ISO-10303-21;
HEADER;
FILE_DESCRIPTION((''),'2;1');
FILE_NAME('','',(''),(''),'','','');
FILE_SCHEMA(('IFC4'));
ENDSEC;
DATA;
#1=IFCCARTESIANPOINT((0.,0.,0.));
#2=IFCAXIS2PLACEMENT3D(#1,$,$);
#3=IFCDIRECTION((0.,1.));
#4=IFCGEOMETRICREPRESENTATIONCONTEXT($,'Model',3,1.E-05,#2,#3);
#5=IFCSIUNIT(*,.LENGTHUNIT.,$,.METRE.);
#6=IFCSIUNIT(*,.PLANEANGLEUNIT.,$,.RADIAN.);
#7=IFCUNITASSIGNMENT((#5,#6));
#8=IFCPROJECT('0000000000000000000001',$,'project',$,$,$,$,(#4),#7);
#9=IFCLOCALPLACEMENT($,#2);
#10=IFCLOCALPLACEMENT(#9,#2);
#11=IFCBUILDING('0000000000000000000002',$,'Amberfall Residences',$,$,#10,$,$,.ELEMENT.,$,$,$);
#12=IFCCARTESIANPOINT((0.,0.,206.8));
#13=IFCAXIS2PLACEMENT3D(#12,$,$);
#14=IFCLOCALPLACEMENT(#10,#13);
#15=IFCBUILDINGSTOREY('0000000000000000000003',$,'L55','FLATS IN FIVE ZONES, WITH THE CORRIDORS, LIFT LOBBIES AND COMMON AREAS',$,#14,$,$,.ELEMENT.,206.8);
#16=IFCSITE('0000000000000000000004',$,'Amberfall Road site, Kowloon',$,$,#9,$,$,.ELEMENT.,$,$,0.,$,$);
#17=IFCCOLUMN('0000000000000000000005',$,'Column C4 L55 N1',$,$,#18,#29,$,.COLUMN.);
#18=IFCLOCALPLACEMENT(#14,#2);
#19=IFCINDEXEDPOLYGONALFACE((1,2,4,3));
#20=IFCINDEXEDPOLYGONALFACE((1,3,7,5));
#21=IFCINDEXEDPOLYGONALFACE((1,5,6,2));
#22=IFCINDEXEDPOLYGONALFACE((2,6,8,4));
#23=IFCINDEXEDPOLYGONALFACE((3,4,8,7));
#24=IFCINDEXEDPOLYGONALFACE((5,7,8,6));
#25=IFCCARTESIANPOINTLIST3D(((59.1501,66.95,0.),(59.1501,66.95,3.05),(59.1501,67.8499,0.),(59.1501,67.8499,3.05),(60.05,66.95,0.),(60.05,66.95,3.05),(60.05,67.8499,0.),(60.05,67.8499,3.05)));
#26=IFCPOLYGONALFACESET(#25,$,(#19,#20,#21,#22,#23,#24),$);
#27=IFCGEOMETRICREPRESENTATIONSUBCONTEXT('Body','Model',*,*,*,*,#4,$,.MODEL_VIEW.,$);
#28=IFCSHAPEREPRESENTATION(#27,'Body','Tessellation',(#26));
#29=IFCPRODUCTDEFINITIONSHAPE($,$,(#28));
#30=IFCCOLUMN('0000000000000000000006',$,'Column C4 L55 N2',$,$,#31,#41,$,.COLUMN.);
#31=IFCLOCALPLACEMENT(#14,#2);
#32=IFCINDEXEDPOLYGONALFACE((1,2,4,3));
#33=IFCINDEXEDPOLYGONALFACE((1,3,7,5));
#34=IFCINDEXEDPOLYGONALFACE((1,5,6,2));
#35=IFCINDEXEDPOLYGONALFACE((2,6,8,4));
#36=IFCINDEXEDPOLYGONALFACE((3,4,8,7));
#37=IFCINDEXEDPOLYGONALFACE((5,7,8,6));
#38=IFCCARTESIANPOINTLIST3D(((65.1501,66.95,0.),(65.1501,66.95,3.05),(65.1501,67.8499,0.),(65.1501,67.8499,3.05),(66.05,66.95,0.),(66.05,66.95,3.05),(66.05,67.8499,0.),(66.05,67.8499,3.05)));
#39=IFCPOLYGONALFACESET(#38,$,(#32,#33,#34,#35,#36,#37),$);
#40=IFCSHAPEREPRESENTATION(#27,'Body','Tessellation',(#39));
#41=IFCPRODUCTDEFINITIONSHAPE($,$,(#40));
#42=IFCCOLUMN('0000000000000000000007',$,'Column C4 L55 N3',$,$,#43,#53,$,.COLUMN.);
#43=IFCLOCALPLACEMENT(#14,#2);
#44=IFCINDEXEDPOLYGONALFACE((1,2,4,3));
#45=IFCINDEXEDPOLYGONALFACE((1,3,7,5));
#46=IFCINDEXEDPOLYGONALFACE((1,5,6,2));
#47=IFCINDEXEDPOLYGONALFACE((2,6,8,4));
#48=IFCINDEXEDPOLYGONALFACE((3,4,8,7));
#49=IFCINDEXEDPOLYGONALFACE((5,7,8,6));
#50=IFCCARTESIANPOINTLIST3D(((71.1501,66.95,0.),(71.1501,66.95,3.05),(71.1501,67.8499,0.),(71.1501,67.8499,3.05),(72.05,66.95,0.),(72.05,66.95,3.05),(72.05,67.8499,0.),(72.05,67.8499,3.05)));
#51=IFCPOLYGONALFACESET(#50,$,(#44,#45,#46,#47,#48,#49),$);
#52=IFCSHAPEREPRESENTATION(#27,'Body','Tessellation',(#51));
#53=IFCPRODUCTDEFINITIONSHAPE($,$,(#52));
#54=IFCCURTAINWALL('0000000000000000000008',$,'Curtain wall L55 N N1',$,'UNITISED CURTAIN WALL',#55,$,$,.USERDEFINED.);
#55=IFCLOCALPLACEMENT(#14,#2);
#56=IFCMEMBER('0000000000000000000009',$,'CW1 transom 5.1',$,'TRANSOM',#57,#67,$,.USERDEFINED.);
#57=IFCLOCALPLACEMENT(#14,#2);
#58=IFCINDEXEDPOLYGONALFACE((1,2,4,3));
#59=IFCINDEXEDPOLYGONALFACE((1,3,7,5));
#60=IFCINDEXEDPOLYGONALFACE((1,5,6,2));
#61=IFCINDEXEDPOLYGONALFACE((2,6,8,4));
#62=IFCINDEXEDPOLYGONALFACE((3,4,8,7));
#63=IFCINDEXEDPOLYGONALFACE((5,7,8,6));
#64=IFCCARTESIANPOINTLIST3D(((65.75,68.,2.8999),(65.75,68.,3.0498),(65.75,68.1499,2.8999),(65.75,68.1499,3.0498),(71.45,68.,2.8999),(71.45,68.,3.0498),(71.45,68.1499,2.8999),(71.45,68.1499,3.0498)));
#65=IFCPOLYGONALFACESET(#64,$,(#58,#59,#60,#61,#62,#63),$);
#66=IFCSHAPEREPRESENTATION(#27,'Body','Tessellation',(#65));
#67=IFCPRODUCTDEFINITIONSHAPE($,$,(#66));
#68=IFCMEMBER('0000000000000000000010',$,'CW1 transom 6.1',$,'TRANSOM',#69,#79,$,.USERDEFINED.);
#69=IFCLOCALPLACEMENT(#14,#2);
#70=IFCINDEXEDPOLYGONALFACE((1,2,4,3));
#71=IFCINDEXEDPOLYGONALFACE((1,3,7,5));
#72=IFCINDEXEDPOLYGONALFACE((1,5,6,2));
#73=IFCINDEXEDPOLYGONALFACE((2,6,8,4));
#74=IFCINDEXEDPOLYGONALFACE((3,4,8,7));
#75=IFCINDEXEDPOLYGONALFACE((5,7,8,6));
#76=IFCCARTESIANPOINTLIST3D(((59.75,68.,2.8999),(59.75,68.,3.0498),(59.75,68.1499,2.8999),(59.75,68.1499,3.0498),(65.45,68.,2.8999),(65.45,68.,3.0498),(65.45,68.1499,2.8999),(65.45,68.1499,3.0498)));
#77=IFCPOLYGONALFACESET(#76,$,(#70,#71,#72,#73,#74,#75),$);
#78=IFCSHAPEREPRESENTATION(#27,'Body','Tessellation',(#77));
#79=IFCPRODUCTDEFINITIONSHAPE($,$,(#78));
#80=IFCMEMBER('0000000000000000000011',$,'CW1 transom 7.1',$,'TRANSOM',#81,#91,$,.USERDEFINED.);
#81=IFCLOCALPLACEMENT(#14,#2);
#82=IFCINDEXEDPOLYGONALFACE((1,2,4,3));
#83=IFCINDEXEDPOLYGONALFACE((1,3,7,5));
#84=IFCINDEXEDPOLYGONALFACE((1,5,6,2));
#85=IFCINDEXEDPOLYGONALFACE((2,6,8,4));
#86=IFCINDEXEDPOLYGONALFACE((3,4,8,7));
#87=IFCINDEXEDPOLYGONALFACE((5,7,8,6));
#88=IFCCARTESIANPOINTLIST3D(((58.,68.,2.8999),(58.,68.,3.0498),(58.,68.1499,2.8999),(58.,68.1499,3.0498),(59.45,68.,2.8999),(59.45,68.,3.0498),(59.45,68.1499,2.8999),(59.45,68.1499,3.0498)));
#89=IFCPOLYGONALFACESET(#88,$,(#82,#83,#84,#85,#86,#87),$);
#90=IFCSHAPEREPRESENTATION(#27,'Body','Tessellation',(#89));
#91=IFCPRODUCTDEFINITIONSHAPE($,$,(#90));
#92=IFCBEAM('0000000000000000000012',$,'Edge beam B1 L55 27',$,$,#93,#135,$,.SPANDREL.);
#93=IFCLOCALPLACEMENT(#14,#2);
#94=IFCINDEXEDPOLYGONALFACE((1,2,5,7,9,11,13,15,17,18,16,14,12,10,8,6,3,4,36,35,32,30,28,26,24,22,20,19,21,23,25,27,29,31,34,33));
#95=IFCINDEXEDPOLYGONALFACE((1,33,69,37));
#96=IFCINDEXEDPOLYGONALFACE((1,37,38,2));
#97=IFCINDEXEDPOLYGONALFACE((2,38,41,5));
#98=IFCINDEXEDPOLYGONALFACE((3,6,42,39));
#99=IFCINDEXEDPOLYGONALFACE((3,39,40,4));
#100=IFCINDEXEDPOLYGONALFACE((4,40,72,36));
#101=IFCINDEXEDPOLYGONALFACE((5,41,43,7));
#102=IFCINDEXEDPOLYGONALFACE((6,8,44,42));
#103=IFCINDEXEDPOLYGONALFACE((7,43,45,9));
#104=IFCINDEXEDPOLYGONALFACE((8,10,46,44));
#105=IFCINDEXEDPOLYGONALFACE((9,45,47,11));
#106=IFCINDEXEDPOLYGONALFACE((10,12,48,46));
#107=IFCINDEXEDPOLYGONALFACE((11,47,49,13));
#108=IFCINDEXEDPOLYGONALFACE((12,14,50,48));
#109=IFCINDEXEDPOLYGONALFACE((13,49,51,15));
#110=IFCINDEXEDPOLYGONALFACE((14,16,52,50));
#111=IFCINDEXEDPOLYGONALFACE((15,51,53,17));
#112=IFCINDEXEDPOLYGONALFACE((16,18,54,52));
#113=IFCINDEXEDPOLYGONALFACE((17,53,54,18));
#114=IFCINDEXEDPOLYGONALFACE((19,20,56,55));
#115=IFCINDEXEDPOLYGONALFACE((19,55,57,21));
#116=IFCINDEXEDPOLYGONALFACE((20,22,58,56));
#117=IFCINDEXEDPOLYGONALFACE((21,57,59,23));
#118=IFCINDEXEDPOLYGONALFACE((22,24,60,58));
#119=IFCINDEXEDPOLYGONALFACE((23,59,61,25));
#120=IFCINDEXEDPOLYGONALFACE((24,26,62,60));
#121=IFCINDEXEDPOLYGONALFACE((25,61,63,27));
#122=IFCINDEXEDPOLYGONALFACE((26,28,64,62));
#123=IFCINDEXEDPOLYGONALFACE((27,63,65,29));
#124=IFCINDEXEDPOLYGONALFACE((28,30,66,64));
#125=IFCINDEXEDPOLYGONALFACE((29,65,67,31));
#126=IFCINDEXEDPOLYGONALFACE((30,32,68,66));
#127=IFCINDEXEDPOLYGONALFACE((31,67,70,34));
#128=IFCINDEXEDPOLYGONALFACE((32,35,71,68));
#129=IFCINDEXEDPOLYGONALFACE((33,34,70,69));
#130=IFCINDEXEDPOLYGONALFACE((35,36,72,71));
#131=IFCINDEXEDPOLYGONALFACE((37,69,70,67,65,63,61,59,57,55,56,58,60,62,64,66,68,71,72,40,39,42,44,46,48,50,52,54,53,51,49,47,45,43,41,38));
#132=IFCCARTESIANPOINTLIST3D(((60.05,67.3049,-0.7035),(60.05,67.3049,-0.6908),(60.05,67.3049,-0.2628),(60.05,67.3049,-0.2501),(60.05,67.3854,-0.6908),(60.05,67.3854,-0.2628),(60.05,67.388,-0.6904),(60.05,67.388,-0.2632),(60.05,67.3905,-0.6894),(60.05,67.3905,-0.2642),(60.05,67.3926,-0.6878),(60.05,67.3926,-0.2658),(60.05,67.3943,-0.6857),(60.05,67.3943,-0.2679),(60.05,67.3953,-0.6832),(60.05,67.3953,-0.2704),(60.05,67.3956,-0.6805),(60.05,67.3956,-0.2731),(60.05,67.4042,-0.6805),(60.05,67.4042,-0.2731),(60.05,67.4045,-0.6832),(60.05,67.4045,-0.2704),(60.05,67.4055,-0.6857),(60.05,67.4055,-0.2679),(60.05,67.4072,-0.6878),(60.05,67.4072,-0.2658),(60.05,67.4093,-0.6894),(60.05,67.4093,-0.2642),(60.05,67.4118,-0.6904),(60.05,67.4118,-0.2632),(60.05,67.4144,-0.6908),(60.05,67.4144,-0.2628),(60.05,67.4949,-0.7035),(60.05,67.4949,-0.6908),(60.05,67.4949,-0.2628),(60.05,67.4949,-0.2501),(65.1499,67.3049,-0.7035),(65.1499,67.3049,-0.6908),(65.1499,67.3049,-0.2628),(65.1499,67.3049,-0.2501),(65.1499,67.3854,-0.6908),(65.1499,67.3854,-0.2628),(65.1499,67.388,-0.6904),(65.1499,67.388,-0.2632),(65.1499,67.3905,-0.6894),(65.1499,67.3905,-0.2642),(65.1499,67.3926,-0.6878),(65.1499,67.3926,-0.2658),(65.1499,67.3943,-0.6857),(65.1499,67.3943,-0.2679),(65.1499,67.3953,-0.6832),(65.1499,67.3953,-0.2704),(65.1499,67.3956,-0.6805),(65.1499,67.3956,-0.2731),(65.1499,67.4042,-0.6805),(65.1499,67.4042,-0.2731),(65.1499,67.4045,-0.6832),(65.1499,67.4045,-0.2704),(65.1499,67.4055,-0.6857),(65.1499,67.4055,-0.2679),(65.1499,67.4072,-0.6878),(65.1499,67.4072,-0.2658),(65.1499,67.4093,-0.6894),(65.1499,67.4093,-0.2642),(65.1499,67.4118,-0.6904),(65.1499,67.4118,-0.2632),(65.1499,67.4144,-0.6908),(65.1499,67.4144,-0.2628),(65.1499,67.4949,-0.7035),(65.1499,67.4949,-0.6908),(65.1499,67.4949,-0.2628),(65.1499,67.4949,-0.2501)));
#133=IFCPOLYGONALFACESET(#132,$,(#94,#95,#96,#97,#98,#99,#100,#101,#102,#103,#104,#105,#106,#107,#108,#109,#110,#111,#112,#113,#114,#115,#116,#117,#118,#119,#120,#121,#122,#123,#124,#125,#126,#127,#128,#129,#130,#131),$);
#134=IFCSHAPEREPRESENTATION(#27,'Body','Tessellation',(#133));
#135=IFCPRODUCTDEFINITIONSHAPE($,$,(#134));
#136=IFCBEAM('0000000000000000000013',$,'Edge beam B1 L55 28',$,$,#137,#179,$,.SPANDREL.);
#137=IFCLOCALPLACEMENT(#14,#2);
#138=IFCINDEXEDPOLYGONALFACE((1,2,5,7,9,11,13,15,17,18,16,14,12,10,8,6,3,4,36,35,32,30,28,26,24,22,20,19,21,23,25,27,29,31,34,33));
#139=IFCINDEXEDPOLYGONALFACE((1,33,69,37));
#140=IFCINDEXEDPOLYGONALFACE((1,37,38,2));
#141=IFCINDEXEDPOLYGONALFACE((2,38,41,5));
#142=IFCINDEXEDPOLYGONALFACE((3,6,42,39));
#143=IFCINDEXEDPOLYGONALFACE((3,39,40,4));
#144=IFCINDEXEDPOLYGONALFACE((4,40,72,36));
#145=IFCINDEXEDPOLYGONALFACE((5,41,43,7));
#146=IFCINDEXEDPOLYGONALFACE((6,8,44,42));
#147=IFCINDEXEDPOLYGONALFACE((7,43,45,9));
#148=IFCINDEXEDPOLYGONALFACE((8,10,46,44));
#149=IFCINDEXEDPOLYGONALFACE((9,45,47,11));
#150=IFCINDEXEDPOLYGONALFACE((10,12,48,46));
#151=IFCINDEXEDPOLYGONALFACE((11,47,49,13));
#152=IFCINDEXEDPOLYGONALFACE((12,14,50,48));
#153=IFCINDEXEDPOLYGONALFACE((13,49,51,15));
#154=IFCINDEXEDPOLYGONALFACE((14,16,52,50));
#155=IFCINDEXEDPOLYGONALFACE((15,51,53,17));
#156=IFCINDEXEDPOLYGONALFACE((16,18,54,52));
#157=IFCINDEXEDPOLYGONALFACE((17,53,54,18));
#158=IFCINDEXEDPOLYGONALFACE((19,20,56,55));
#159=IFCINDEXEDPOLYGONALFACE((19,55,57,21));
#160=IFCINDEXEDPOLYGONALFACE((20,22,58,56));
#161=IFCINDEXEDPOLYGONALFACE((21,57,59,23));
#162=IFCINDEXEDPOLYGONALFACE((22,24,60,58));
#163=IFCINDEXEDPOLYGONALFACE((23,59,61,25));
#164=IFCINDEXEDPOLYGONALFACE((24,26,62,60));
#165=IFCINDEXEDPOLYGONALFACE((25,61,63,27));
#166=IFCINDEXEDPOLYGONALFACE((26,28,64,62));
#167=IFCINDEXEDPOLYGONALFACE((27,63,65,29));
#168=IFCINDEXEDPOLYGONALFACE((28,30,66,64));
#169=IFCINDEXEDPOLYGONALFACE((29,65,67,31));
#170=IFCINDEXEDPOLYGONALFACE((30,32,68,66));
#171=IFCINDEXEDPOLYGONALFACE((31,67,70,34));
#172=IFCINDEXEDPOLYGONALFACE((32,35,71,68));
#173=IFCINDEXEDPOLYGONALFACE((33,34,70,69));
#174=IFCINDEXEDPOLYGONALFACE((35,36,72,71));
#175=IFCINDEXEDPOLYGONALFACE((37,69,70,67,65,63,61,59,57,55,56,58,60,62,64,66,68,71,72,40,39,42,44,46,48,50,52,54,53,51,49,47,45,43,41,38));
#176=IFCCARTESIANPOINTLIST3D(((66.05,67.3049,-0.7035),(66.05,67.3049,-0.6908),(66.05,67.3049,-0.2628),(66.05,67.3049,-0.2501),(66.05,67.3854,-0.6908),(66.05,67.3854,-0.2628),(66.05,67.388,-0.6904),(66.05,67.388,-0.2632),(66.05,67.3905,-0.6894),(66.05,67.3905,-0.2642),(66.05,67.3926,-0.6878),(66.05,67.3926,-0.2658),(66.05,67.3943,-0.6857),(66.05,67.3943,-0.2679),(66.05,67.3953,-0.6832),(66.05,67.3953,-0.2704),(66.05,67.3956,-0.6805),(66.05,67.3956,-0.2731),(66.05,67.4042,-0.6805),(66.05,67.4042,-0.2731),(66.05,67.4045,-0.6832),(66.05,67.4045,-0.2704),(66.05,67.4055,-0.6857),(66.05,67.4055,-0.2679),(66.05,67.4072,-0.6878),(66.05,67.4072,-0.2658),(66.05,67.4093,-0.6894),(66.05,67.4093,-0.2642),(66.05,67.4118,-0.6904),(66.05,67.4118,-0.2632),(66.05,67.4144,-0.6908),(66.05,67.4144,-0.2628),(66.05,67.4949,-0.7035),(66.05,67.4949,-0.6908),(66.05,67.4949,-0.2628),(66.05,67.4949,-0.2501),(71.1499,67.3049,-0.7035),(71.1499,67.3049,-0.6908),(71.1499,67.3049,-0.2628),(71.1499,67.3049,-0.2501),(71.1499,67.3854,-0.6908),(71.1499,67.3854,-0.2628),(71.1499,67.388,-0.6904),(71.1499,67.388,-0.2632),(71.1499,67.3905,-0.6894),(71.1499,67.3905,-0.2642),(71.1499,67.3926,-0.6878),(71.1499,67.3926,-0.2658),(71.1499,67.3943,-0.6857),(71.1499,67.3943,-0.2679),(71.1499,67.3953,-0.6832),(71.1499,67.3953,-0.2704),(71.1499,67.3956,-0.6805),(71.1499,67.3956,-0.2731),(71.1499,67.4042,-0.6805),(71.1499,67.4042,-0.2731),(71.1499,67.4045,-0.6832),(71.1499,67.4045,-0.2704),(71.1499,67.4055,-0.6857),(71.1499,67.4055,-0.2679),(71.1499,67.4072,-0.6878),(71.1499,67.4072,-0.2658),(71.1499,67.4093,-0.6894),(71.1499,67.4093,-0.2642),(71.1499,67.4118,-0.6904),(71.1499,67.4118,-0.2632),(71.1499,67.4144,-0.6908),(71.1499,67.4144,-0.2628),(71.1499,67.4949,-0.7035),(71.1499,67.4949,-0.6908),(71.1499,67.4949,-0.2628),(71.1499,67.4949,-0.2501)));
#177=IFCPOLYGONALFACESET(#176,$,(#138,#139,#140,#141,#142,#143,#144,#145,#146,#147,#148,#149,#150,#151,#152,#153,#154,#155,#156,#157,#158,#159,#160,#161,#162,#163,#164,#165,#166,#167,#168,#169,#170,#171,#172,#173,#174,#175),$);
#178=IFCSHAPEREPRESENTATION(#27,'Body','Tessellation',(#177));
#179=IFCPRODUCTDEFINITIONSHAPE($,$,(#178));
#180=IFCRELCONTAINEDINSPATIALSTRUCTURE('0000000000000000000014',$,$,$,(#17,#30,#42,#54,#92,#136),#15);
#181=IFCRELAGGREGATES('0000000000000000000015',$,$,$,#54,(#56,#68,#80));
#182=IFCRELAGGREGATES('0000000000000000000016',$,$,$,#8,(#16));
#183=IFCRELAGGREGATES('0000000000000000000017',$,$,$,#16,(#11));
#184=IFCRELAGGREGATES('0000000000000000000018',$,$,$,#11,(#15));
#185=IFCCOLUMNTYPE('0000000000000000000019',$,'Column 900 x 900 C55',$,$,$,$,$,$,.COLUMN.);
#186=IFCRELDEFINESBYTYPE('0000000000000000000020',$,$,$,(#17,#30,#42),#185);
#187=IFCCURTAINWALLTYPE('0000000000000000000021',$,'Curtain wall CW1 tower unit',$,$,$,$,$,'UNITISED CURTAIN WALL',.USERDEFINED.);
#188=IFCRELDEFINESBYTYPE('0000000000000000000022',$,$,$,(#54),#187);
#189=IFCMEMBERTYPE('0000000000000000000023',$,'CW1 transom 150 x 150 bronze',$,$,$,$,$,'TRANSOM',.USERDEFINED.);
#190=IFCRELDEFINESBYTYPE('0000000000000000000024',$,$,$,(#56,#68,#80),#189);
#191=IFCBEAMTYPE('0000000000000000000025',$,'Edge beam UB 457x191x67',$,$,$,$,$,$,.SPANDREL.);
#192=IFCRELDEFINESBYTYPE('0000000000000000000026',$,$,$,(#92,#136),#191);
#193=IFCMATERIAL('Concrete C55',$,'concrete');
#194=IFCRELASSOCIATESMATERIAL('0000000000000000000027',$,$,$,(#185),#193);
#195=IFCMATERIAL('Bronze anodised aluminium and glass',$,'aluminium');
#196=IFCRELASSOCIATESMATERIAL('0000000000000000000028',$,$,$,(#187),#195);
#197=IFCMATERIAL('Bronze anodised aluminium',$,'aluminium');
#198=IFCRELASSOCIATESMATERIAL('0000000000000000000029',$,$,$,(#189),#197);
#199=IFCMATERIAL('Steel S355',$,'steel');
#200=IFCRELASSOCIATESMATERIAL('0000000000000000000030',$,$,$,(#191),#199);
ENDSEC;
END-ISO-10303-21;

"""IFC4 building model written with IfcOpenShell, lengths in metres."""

from ifc_helpers import new_model, si_unit, direction, frame, origin, origin_2d, place, context, subcontext, project, spatial, rectangle, i_section, extrude, material, material_profile, profile_set, type_object, element, aggregate, save


model = new_model("IFC4")

# Units and contexts
model_context = context("Model", 3, precision=1e-05, world=origin(), true_north=direction((0.0, 1.0)))
body_context = subcontext(model_context, "Body", "Model", "MODEL_VIEW")
ifc_project = project(units=[si_unit("LENGTHUNIT", "METRE"), si_unit("PLANEANGLEUNIT", "RADIAN")], contexts=[model_context])

# Site, building, storey
site_placement = place(None, origin())
site = spatial("IfcSite", under=ifc_project, at=site_placement, Name="Amberfall Road site, Kowloon", CompositionType="ELEMENT", RefElevation=0.0)
building_placement = place(site_placement, origin())
building = spatial("IfcBuilding", under=site, at=building_placement, Name="Amberfall Residences", CompositionType="ELEMENT")
storey_placement = place(building_placement, frame((0.0, 0.0, 206.8)))
storey = spatial("IfcBuildingStorey", under=building, at=storey_placement, Name="L55", Description="FLATS IN FIVE ZONES, WITH THE CORRIDORS, LIFT LOBBIES AND COMMON AREAS", CompositionType="ELEMENT", Elevation=206.8)

# Columns
ifc_material_1 = material(Name="Concrete C55", Category="concrete")
ifc_material_profile_1 = material_profile(ifc_material_1, rectangle(XDim=0.8999, YDim=0.8999, at=origin_2d()), Name="Column 900 x 900 C55")
ifc_profile_set_1 = profile_set([ifc_material_profile_1], Name="Concrete C55")
column_type = type_object("IfcColumnType", Name="Column 900 x 900 C55", PredefinedType="COLUMN", material=ifc_profile_set_1)
for number, where, z_axis, x_axis, name in (
    (1, (59.6001, 67.3999, 0.0), (0.0, 0.0, 1.0), (1.0, 0.0, 0.0), "Column C4 L55 N1"),
    (2, (65.6001, 67.3999, 0.0), (0.0, 0.0, 1.0), (1.0, 0.0, 0.0), "Column C4 L55 N2"),
    (3, (71.6001, 67.3999, 0.0), (0.0, 0.0, 1.0), (1.0, 0.0, 0.0), "Column C4 L55 N3"),
):
    element("IfcColumn", number, at=place(storey_placement, frame(where, z_axis=z_axis, x_axis=x_axis)), inside=storey, type_object=column_type, Name=name, PredefinedType="COLUMN", context=body_context, shape_type="SweptSolid", body=[
        extrude(rectangle(XDim=0.8999, YDim=0.8999, at=origin_2d()), origin(), (0.0, 0.0, 1.0), 3.05),
    ])

# Curtain wall, members
ifc_material_2 = material(Name="Bronze anodised aluminium and glass", Category="aluminium")
curtain_wall_type = type_object("IfcCurtainWallType", Name="Curtain wall CW1 tower unit", ElementType="UNITISED CURTAIN WALL", PredefinedType="USERDEFINED", material=ifc_material_2)
curtain_wall_placement = place(storey_placement, origin())
curtain_wall = element("IfcCurtainWall", 4, at=curtain_wall_placement, inside=storey, type_object=curtain_wall_type, Name="Curtain wall L55 N N1", ObjectType="UNITISED CURTAIN WALL", PredefinedType="USERDEFINED")
ifc_material_3 = material(Name="Bronze anodised aluminium", Category="aluminium")
ifc_material_profile_2 = material_profile(ifc_material_3, rectangle(XDim=0.1499, YDim=0.1499, at=origin_2d()), Name="CW1 transom 150 x 150 bronze")
ifc_profile_set_2 = profile_set([ifc_material_profile_2], Name="Bronze anodised aluminium")
member_type_1 = type_object("IfcMemberType", Name="CW1 transom 150 x 150 bronze", ElementType="TRANSOM", PredefinedType="USERDEFINED", material=ifc_profile_set_2)
member_1_placement = place(storey_placement, frame((71.45, 68.075, 2.9749), z_axis=(-1.0, 0.0, 0.0), x_axis=(0.0, -1.0, 0.0)))
member_1 = element("IfcMember", 5, at=member_1_placement, type_object=member_type_1, Name="CW1 transom 5.1", ObjectType="TRANSOM", PredefinedType="USERDEFINED", context=body_context, shape_type="SweptSolid", body=[
    extrude(rectangle(XDim=0.1499, YDim=0.1499, at=origin_2d()), origin(), (0.0, 0.0, 1.0), 5.7),
])
member_2_placement = place(storey_placement, frame((65.45, 68.075, 2.9749), z_axis=(-1.0, 0.0, 0.0), x_axis=(0.0, -1.0, 0.0)))
member_2 = element("IfcMember", 6, at=member_2_placement, type_object=member_type_1, Name="CW1 transom 6.1", ObjectType="TRANSOM", PredefinedType="USERDEFINED", context=body_context, shape_type="SweptSolid", body=[
    extrude(rectangle(XDim=0.1499, YDim=0.1499, at=origin_2d()), origin(), (0.0, 0.0, 1.0), 5.7),
])
member_3_placement = place(storey_placement, frame((59.45, 68.075, 2.9749), z_axis=(-1.0, 0.0, 0.0), x_axis=(0.0, -1.0, 0.0)))
member_3 = element("IfcMember", 7, at=member_3_placement, type_object=member_type_1, Name="CW1 transom 7.1", ObjectType="TRANSOM", PredefinedType="USERDEFINED", context=body_context, shape_type="SweptSolid", body=[
    extrude(rectangle(XDim=0.1499, YDim=0.1499, at=origin_2d()), origin(), (0.0, 0.0, 1.0), 1.45),
])

# Beams
ifc_material_4 = material(Name="Steel S355", Category="steel")
ifc_material_profile_3 = material_profile(ifc_material_4, i_section(OverallWidth=0.1899, OverallDepth=0.4534, WebThickness=0.0085, FlangeThickness=0.0127, FilletRadius=0.0103, at=origin_2d()), Name="UB 457x191x67")
ifc_profile_set_3 = profile_set([ifc_material_profile_3], Name="Steel S355")
beam_type_1 = type_object("IfcBeamType", Name="Edge beam UB 457x191x67", PredefinedType="SPANDREL", material=ifc_profile_set_3)
for number, where, z_axis, x_axis, name in (
    (8, (60.05, 67.3999, -0.4768), (1.0, 0.0, 0.0), (0.0, 1.0, 0.0), "Edge beam B1 L55 27"),
    (9, (66.05, 67.3999, -0.4768), (1.0, 0.0, 0.0), (0.0, 1.0, 0.0), "Edge beam B1 L55 28"),
):
    element("IfcBeam", number, at=place(storey_placement, frame(where, z_axis=z_axis, x_axis=x_axis)), inside=storey, type_object=beam_type_1, Name=name, PredefinedType="SPANDREL", context=body_context, shape_type="SweptSolid", body=[
        extrude(i_section(OverallWidth=0.1899, OverallDepth=0.4534, WebThickness=0.0085, FlangeThickness=0.0127, FilletRadius=0.0103, at=origin_2d()), origin(), (0.0, 0.0, 1.0), 5.0999),
    ])

aggregate(curtain_wall, [member_1, member_2, member_3])

save(model, "model.ifc")
